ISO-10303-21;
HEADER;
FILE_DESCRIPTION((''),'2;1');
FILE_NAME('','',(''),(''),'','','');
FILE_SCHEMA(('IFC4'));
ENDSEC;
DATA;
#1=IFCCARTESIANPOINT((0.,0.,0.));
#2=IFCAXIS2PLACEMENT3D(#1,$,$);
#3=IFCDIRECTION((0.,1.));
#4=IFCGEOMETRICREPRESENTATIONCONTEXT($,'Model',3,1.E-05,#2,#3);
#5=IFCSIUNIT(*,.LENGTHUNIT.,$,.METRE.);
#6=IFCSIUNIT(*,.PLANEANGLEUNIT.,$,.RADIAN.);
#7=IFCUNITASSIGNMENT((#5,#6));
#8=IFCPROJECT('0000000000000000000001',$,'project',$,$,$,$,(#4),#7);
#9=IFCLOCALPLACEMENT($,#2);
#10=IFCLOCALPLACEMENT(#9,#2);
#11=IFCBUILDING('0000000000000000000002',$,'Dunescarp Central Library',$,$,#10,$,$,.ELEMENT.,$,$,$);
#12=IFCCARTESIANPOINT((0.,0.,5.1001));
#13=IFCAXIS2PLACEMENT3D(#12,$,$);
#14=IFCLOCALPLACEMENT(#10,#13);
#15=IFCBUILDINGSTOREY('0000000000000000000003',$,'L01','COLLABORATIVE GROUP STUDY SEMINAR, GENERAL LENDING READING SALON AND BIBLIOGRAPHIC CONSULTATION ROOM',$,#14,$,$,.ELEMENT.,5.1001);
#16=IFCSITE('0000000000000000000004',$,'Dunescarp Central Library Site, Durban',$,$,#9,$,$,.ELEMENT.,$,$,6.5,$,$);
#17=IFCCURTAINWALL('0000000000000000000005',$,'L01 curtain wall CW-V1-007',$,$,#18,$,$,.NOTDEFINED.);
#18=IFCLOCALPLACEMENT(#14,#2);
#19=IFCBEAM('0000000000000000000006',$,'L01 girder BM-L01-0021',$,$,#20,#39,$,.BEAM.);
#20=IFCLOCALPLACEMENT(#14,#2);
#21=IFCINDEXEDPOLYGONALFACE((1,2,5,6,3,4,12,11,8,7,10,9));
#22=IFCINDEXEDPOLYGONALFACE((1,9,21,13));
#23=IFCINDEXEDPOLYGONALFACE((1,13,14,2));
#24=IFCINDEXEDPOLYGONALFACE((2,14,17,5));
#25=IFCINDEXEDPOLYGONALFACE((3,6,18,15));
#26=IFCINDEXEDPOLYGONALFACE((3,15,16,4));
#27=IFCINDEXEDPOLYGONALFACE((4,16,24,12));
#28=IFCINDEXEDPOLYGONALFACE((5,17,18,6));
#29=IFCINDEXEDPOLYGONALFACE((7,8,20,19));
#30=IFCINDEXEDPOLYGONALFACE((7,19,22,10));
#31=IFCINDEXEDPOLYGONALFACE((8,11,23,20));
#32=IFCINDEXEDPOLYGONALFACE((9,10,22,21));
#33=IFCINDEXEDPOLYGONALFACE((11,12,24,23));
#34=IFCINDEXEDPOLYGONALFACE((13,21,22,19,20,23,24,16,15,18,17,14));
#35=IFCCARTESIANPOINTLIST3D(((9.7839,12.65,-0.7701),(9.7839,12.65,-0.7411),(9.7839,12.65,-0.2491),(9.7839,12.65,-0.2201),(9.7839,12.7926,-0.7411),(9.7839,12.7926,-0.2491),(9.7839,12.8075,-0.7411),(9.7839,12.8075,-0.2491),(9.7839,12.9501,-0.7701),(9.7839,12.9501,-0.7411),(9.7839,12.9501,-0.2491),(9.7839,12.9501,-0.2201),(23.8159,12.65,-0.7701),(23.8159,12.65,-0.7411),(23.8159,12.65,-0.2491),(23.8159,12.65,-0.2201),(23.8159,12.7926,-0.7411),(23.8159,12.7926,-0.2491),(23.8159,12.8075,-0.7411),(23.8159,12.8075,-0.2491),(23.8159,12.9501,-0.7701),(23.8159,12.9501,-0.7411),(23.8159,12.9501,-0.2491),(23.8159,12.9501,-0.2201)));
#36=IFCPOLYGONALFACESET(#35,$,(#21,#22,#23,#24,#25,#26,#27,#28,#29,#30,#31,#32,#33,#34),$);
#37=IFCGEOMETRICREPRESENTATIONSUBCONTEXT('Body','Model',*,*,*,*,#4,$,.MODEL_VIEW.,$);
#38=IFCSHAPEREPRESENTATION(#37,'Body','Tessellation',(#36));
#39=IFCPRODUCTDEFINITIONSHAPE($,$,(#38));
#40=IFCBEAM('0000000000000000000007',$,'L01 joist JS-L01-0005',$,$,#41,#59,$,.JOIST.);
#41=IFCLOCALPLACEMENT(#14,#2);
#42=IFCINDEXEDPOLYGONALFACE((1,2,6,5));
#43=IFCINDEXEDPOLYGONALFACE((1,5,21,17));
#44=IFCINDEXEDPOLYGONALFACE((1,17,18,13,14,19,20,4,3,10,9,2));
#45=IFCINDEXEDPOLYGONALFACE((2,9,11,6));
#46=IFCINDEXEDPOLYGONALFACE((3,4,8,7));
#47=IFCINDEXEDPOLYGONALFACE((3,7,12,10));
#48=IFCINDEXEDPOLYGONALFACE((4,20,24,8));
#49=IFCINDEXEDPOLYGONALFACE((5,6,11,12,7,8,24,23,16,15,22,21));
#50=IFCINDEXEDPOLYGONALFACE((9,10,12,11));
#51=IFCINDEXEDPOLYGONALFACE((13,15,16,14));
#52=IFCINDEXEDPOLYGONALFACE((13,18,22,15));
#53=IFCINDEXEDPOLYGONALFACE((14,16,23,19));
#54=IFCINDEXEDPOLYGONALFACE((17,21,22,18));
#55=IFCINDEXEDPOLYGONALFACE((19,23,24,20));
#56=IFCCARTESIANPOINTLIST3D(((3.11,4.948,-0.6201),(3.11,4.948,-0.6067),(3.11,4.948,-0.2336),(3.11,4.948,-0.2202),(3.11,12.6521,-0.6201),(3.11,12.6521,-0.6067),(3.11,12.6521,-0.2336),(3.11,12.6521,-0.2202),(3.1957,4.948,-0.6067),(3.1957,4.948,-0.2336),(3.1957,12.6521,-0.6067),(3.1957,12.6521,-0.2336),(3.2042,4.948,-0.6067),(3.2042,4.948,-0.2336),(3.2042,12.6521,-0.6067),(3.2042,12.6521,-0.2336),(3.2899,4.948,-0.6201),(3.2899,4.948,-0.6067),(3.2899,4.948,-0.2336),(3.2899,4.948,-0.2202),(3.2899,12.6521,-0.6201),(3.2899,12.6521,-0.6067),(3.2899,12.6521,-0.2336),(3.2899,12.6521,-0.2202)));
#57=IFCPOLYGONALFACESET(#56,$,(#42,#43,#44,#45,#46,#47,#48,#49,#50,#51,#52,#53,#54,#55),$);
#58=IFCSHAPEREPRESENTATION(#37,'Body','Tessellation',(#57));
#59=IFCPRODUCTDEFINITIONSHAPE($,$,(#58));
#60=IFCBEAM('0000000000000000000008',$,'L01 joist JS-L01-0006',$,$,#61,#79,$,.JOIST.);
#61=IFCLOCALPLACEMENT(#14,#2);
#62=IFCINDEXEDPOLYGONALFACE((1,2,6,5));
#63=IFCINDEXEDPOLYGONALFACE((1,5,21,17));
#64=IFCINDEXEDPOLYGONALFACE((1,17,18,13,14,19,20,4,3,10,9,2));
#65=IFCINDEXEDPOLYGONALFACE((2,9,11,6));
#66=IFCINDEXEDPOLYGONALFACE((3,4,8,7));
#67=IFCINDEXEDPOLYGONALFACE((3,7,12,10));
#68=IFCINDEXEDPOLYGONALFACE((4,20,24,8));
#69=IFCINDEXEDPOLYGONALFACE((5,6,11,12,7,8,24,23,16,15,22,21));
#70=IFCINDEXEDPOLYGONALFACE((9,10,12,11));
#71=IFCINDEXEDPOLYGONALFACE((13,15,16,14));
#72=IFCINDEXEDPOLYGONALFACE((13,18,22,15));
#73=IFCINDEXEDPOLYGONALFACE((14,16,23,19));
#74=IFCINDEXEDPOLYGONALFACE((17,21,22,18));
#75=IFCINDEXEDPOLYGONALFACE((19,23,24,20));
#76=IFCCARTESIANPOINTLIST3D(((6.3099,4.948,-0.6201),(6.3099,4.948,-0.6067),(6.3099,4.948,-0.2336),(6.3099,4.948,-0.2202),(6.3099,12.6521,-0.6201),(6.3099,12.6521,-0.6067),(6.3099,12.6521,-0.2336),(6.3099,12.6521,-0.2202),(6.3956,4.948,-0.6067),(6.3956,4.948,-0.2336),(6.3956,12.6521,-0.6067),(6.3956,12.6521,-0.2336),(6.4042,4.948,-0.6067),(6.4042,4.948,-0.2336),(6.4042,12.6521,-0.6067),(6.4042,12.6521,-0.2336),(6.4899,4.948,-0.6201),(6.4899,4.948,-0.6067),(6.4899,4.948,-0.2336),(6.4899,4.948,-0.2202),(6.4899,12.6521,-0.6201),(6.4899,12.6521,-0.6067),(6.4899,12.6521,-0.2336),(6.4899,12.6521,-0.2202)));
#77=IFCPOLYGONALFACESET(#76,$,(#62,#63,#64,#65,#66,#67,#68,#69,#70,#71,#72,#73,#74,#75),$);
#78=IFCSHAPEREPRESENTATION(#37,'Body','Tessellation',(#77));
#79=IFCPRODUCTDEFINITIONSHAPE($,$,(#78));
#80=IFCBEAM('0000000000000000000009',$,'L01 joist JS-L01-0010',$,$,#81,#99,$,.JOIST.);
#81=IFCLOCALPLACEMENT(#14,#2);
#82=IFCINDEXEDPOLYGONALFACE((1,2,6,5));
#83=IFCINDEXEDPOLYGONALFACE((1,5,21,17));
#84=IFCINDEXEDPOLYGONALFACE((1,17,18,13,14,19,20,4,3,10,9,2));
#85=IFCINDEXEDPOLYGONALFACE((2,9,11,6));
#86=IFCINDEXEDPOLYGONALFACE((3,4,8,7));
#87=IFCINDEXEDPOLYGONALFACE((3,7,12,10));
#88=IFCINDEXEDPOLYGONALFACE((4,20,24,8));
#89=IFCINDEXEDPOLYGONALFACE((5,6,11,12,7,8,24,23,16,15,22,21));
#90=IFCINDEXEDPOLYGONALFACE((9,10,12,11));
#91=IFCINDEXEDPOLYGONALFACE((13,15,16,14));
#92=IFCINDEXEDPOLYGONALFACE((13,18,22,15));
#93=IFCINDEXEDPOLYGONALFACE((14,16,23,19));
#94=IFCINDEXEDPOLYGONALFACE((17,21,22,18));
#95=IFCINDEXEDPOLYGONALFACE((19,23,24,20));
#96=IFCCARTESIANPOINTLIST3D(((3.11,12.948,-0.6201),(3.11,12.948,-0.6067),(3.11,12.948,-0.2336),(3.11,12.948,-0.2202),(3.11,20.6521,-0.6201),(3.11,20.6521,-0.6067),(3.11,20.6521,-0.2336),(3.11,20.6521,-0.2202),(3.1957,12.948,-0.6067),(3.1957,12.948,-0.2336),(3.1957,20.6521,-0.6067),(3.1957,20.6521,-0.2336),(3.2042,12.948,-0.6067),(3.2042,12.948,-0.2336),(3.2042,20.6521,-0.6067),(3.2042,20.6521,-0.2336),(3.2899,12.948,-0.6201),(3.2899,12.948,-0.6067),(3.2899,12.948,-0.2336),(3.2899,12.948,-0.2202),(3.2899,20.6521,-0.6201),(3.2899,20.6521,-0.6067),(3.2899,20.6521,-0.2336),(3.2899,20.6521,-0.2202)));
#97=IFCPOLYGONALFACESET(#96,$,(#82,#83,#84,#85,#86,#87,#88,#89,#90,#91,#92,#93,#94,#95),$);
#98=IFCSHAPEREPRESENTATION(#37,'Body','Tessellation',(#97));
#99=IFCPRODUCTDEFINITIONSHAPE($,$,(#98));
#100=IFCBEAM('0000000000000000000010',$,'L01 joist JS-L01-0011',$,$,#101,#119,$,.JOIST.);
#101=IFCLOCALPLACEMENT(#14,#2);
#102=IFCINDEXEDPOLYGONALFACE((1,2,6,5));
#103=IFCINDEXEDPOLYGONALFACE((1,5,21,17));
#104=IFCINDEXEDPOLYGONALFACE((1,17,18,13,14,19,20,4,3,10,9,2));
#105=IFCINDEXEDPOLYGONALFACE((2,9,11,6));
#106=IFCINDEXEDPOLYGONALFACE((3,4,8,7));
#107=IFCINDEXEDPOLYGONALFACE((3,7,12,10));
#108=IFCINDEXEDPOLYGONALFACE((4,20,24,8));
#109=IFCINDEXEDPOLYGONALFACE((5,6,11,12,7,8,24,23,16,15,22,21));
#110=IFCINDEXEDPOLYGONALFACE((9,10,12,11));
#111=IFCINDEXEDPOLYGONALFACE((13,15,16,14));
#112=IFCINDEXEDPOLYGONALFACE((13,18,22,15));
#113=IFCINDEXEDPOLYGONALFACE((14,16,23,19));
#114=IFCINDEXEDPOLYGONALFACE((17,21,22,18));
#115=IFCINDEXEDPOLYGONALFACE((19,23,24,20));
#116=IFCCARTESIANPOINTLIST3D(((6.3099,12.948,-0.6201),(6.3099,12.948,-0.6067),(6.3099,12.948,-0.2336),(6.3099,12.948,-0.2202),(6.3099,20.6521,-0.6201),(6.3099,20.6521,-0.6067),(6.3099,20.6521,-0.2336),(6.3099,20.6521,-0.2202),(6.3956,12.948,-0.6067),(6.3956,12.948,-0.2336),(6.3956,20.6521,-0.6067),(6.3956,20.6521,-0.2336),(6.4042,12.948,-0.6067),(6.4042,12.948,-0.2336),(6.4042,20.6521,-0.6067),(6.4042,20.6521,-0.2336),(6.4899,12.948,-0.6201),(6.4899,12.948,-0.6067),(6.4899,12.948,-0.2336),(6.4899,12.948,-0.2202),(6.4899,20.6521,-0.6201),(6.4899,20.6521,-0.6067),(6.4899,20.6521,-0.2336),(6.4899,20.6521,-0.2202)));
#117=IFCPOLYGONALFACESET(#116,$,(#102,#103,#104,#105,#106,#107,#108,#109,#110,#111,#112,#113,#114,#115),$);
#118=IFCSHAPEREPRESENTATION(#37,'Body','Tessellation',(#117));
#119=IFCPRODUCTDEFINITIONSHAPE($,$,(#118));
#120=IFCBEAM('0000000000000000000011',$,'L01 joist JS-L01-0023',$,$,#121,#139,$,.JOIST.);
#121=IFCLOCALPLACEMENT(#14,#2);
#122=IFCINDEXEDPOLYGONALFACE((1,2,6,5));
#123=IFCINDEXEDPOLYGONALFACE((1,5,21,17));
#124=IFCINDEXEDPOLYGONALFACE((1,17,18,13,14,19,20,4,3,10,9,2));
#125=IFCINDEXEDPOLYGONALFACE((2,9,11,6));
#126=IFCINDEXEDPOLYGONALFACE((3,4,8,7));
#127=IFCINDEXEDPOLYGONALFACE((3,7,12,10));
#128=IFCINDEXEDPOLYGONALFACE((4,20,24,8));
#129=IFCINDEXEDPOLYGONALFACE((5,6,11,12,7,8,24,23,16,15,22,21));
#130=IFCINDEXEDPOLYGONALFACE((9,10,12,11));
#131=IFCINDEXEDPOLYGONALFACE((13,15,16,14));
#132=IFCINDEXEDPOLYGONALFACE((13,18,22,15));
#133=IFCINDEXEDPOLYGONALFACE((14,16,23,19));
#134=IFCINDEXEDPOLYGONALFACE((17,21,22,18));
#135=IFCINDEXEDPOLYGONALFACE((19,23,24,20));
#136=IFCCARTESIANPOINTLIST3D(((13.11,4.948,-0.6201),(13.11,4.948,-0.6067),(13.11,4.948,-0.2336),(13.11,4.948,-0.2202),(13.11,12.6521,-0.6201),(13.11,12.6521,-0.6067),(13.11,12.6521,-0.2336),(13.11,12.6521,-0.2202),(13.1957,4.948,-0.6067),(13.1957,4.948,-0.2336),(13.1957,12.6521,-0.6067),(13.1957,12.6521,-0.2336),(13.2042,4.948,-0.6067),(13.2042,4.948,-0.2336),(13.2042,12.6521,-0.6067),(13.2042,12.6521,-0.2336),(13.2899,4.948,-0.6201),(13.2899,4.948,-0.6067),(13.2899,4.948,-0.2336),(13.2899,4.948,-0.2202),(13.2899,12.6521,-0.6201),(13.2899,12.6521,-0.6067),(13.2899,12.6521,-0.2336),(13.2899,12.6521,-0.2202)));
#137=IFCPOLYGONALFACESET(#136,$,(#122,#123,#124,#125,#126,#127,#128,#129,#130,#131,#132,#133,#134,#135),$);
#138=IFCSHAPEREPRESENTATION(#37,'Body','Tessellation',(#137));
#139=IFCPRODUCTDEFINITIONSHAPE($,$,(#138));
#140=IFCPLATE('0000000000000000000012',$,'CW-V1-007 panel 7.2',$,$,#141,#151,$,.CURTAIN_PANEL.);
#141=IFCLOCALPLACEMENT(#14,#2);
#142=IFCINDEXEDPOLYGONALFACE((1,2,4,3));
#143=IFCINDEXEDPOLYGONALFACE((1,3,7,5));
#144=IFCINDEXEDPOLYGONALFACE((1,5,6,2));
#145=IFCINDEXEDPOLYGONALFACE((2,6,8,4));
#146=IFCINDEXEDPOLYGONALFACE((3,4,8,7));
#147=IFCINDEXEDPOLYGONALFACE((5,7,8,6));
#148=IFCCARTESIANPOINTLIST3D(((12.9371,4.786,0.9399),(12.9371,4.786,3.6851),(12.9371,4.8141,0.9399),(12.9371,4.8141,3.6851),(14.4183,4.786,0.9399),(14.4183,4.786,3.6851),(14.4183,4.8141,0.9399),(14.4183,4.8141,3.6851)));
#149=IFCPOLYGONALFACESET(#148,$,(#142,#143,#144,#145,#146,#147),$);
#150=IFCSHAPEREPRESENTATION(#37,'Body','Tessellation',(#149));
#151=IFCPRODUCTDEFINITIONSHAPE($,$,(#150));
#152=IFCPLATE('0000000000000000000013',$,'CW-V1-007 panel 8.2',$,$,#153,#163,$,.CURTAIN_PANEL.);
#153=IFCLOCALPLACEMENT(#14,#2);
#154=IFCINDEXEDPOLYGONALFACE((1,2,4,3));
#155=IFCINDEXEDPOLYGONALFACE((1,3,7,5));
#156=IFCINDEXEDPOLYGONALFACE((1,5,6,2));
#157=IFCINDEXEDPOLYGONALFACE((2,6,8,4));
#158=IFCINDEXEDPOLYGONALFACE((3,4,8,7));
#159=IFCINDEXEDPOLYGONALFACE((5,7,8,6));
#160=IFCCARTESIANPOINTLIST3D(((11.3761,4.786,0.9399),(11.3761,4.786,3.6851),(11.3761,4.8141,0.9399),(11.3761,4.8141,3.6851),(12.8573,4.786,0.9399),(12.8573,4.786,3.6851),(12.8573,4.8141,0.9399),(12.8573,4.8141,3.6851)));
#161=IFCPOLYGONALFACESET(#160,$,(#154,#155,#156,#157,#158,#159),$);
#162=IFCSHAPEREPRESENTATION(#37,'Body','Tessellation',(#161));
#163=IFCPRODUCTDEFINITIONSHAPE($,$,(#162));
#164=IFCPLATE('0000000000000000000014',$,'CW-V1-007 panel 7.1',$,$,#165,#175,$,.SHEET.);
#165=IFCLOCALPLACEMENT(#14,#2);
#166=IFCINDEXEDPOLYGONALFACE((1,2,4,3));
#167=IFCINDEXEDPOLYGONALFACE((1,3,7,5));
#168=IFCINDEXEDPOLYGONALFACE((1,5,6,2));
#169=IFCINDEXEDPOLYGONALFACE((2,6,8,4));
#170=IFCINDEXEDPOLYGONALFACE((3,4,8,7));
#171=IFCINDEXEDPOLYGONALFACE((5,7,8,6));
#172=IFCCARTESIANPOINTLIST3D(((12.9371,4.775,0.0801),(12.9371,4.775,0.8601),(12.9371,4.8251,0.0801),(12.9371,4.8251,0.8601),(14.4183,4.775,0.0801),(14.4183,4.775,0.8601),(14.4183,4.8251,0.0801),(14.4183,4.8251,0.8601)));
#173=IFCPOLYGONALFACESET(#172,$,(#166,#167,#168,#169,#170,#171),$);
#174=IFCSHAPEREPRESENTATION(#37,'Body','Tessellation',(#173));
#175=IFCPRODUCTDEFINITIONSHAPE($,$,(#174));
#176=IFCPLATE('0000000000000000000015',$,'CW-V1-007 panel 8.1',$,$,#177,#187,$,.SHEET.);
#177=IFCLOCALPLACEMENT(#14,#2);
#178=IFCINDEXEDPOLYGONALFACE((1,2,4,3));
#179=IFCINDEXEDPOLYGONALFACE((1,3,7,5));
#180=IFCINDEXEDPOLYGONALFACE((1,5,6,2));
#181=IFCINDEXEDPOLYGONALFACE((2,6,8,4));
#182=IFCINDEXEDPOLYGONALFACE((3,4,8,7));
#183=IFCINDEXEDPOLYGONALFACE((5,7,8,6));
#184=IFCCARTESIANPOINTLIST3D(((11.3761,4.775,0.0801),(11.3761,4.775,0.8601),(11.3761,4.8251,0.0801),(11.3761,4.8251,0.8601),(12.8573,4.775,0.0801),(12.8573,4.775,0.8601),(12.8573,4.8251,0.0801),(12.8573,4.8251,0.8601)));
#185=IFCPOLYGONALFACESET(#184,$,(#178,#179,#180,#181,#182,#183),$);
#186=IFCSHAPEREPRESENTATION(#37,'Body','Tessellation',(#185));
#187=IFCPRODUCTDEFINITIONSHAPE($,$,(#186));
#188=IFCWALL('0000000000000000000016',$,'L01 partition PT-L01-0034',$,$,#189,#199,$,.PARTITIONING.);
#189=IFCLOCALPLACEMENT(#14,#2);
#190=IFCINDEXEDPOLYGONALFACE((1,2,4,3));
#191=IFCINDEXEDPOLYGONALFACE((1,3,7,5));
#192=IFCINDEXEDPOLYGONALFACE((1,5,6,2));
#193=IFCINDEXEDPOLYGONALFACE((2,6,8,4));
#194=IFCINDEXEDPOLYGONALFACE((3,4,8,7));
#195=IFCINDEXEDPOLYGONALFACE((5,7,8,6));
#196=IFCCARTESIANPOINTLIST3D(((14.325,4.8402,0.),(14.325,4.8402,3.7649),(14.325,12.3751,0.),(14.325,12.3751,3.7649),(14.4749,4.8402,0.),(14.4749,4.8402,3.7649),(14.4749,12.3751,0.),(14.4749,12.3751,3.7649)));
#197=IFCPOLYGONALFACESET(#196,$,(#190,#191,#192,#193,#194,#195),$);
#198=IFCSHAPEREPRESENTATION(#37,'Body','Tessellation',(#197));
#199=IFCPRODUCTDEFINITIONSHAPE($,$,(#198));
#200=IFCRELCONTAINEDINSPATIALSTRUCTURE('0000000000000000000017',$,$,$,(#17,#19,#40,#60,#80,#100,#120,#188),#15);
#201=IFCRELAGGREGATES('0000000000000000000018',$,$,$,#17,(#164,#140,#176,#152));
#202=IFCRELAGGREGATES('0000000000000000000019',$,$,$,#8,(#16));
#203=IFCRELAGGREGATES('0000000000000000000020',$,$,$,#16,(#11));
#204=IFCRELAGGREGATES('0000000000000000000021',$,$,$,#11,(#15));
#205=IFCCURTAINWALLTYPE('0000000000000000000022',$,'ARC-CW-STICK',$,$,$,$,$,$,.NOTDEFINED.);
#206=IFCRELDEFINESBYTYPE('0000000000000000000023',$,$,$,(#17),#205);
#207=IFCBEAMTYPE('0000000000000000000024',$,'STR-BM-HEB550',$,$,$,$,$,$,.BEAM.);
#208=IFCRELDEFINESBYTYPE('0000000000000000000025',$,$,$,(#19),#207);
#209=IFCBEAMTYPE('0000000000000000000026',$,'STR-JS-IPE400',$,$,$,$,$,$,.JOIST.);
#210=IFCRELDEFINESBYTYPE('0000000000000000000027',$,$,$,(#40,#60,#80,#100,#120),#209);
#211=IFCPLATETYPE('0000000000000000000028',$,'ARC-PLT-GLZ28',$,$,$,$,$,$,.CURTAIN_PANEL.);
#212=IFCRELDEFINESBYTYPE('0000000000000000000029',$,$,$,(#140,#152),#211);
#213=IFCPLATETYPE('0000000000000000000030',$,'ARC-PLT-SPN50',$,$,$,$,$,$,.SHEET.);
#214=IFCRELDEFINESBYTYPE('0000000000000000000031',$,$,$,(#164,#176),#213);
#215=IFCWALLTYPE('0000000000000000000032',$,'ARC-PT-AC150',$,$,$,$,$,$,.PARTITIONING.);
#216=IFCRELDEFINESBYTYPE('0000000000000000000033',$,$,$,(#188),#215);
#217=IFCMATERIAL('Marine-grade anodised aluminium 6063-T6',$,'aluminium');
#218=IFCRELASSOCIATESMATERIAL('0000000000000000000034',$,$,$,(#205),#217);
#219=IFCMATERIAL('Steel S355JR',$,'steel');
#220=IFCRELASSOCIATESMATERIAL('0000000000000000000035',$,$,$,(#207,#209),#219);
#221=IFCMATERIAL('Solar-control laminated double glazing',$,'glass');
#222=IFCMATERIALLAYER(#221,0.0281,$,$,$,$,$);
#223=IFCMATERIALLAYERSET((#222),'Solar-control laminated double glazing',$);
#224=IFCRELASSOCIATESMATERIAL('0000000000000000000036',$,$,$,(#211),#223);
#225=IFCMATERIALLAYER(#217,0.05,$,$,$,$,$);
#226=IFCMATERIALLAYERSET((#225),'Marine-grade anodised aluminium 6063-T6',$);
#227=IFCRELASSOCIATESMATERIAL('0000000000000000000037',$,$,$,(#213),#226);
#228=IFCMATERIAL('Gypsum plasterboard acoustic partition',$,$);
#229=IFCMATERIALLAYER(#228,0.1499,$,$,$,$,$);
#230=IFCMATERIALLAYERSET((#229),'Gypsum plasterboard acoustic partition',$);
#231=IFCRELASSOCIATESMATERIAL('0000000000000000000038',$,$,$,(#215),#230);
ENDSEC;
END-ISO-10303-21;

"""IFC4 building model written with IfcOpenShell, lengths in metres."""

from ifc_helpers import new_model, si_unit, direction, frame, frame_2d, origin, origin_2d, place, context, subcontext, project, spatial, rectangle, i_section, extrude, material, layer, layer_set, material_profile, profile_set, type_object, element, aggregate, save


model = new_model("IFC4")

# Units and contexts
model_context = context("Model", 3, precision=1e-05, world=origin(), true_north=direction((0.0, 1.0)))
body_context = subcontext(model_context, "Body", "Model", "MODEL_VIEW")
ifc_project = project(units=[si_unit("LENGTHUNIT", "METRE"), si_unit("PLANEANGLEUNIT", "RADIAN")], contexts=[model_context])

# Site, building, storey
site_placement = place(None, origin())
site = spatial("IfcSite", under=ifc_project, at=site_placement, Name="Dunescarp Central Library Site, Durban", CompositionType="ELEMENT", RefElevation=6.5)
building_placement = place(site_placement, origin())
building = spatial("IfcBuilding", under=site, at=building_placement, Name="Dunescarp Central Library", CompositionType="ELEMENT")
storey_placement = place(building_placement, frame((0.0, 0.0, 5.1001)))
storey = spatial("IfcBuildingStorey", under=building, at=storey_placement, Name="L01", Description="COLLABORATIVE GROUP STUDY SEMINAR, GENERAL LENDING READING SALON AND BIBLIOGRAPHIC CONSULTATION ROOM", CompositionType="ELEMENT", Elevation=5.1001)

# Shared definitions
ifc_material_1 = material(Name="Steel S355JR", Category="steel")

# Curtain wall
ifc_material_2 = material(Name="Marine-grade anodised aluminium 6063-T6", Category="aluminium")
curtain_wall_type = type_object("IfcCurtainWallType", Name="ARC-CW-STICK", PredefinedType="NOTDEFINED", material=ifc_material_2)
curtain_wall_placement = place(storey_placement, origin())
curtain_wall = element("IfcCurtainWall", 1, at=curtain_wall_placement, inside=storey, type_object=curtain_wall_type, Name="L01 curtain wall CW-V1-007", PredefinedType="NOTDEFINED")

# Beams
ifc_material_profile_1 = material_profile(ifc_material_1, i_section(OverallWidth=0.3, OverallDepth=0.55, WebThickness=0.0149, FlangeThickness=0.0291, at=origin_2d()), Name="HEB 550")
ifc_profile_set_1 = profile_set([ifc_material_profile_1], Name="Steel S355JR")
beam_type_1 = type_object("IfcBeamType", Name="STR-BM-HEB550", PredefinedType="BEAM", material=ifc_profile_set_1)
beam_1_placement = place(storey_placement, frame((9.7839, 12.8, -0.4951), z_axis=(1.0, 0.0, 0.0), x_axis=(0.0, 1.0, 0.0)))
element("IfcBeam", 2, at=beam_1_placement, inside=storey, type_object=beam_type_1, Name="L01 girder BM-L01-0021", PredefinedType="BEAM", context=body_context, shape_type="SweptSolid", body=[
    extrude(i_section(OverallWidth=0.3, OverallDepth=0.55, WebThickness=0.0149, FlangeThickness=0.0291, at=origin_2d()), origin(), (0.0, 0.0, 1.0), 14.032),
])
ifc_material_profile_2 = material_profile(ifc_material_1, i_section(OverallWidth=0.1799, OverallDepth=0.3999, WebThickness=0.0085, FlangeThickness=0.0134, at=origin_2d()), Name="IPE 400")
ifc_profile_set_2 = profile_set([ifc_material_profile_2], Name="Steel S355JR")
beam_type_2 = type_object("IfcBeamType", Name="STR-JS-IPE400", PredefinedType="JOIST", material=ifc_profile_set_2)
for number, where, z_axis, x_axis, name in (
    (3, (3.2, 4.948, -0.4202), (0.0, 1.0, 0.0), (-1.0, 0.0, 0.0), "L01 joist JS-L01-0005"),
    (4, (6.3999, 4.948, -0.4202), (0.0, 1.0, 0.0), (-1.0, 0.0, 0.0), "L01 joist JS-L01-0006"),
    (5, (3.2, 12.948, -0.4202), (0.0, 1.0, 0.0), (-1.0, 0.0, 0.0), "L01 joist JS-L01-0010"),
    (6, (6.3999, 12.948, -0.4202), (0.0, 1.0, 0.0), (-1.0, 0.0, 0.0), "L01 joist JS-L01-0011"),
    (7, (13.2, 4.948, -0.4202), (0.0, 1.0, 0.0), (-1.0, 0.0, 0.0), "L01 joist JS-L01-0023"),
):
    element("IfcBeam", number, at=place(storey_placement, frame(where, z_axis=z_axis, x_axis=x_axis)), inside=storey, type_object=beam_type_2, Name=name, PredefinedType="JOIST", context=body_context, shape_type="SweptSolid", body=[
        extrude(i_section(OverallWidth=0.1799, OverallDepth=0.3999, WebThickness=0.0085, FlangeThickness=0.0134, at=origin_2d()), origin(), (0.0, 0.0, 1.0), 7.7041),
    ])

# Plates
ifc_material_3 = material(Name="Solar-control laminated double glazing", Category="glass")
ifc_layer_1 = layer(ifc_material_3, 0.0281)
ifc_layer_set_1 = layer_set([ifc_layer_1], Name="Solar-control laminated double glazing")
plate_type_1 = type_object("IfcPlateType", Name="ARC-PLT-GLZ28", PredefinedType="CURTAIN_PANEL", material=ifc_layer_set_1)
plate_1_placement = place(storey_placement, frame((13.6777, 4.8, 0.9399), z_axis=(0.0, 0.0, 1.0), x_axis=(-1.0, 0.0, 0.0)))
plate_1 = element("IfcPlate", 8, at=plate_1_placement, type_object=plate_type_1, Name="CW-V1-007 panel 7.2", PredefinedType="CURTAIN_PANEL", context=body_context, shape_type="SweptSolid", body=[
    extrude(rectangle(XDim=1.4812, YDim=0.0281, at=origin_2d()), origin(), (0.0, 0.0, 1.0), 2.7451),
])
plate_2_placement = place(storey_placement, frame((12.1167, 4.8, 0.9399), z_axis=(0.0, 0.0, 1.0), x_axis=(-1.0, 0.0, 0.0)))
plate_2 = element("IfcPlate", 9, at=plate_2_placement, type_object=plate_type_1, Name="CW-V1-007 panel 8.2", PredefinedType="CURTAIN_PANEL", context=body_context, shape_type="SweptSolid", body=[
    extrude(rectangle(XDim=1.4812, YDim=0.0281, at=origin_2d()), origin(), (0.0, 0.0, 1.0), 2.7451),
])
ifc_layer_2 = layer(ifc_material_2, 0.05)
ifc_layer_set_2 = layer_set([ifc_layer_2], Name="Marine-grade anodised aluminium 6063-T6")
plate_type_2 = type_object("IfcPlateType", Name="ARC-PLT-SPN50", PredefinedType="SHEET", material=ifc_layer_set_2)
plate_3_placement = place(storey_placement, frame((13.6777, 4.8, 0.0801), z_axis=(0.0, 0.0, 1.0), x_axis=(-1.0, 0.0, 0.0)))
plate_3 = element("IfcPlate", 10, at=plate_3_placement, type_object=plate_type_2, Name="CW-V1-007 panel 7.1", PredefinedType="SHEET", context=body_context, shape_type="SweptSolid", body=[
    extrude(rectangle(XDim=1.4812, YDim=0.05, at=origin_2d()), origin(), (0.0, 0.0, 1.0), 0.78),
])
plate_4_placement = place(storey_placement, frame((12.1167, 4.8, 0.0801), z_axis=(0.0, 0.0, 1.0), x_axis=(-1.0, 0.0, 0.0)))
plate_4 = element("IfcPlate", 11, at=plate_4_placement, type_object=plate_type_2, Name="CW-V1-007 panel 8.1", PredefinedType="SHEET", context=body_context, shape_type="SweptSolid", body=[
    extrude(rectangle(XDim=1.4812, YDim=0.05, at=origin_2d()), origin(), (0.0, 0.0, 1.0), 0.78),
])
aggregate(curtain_wall, [plate_3, plate_1, plate_4, plate_2])

# Wall
ifc_material_4 = material(Name="Gypsum plasterboard acoustic partition")
ifc_layer_3 = layer(ifc_material_4, 0.1499)
ifc_layer_set_3 = layer_set([ifc_layer_3], Name="Gypsum plasterboard acoustic partition")
wall_type_1 = type_object("IfcWallType", Name="ARC-PT-AC150", PredefinedType="PARTITIONING", material=ifc_layer_set_3)
wall_1_placement = place(storey_placement, frame((14.3999, 4.8401, 0.0), z_axis=(0.0, 0.0, 1.0), x_axis=(0.0, 1.0, 0.0)))
element("IfcWall", 12, at=wall_1_placement, inside=storey, type_object=wall_type_1, Name="L01 partition PT-L01-0034", PredefinedType="PARTITIONING", context=body_context, shape_type="SweptSolid", body=[
    extrude(rectangle(XDim=7.5349, YDim=0.1499, at=frame_2d((3.7676, 0.0))), origin(), (0.0, 0.0, 1.0), 3.7649),
])

save(model, "model.ifc")
